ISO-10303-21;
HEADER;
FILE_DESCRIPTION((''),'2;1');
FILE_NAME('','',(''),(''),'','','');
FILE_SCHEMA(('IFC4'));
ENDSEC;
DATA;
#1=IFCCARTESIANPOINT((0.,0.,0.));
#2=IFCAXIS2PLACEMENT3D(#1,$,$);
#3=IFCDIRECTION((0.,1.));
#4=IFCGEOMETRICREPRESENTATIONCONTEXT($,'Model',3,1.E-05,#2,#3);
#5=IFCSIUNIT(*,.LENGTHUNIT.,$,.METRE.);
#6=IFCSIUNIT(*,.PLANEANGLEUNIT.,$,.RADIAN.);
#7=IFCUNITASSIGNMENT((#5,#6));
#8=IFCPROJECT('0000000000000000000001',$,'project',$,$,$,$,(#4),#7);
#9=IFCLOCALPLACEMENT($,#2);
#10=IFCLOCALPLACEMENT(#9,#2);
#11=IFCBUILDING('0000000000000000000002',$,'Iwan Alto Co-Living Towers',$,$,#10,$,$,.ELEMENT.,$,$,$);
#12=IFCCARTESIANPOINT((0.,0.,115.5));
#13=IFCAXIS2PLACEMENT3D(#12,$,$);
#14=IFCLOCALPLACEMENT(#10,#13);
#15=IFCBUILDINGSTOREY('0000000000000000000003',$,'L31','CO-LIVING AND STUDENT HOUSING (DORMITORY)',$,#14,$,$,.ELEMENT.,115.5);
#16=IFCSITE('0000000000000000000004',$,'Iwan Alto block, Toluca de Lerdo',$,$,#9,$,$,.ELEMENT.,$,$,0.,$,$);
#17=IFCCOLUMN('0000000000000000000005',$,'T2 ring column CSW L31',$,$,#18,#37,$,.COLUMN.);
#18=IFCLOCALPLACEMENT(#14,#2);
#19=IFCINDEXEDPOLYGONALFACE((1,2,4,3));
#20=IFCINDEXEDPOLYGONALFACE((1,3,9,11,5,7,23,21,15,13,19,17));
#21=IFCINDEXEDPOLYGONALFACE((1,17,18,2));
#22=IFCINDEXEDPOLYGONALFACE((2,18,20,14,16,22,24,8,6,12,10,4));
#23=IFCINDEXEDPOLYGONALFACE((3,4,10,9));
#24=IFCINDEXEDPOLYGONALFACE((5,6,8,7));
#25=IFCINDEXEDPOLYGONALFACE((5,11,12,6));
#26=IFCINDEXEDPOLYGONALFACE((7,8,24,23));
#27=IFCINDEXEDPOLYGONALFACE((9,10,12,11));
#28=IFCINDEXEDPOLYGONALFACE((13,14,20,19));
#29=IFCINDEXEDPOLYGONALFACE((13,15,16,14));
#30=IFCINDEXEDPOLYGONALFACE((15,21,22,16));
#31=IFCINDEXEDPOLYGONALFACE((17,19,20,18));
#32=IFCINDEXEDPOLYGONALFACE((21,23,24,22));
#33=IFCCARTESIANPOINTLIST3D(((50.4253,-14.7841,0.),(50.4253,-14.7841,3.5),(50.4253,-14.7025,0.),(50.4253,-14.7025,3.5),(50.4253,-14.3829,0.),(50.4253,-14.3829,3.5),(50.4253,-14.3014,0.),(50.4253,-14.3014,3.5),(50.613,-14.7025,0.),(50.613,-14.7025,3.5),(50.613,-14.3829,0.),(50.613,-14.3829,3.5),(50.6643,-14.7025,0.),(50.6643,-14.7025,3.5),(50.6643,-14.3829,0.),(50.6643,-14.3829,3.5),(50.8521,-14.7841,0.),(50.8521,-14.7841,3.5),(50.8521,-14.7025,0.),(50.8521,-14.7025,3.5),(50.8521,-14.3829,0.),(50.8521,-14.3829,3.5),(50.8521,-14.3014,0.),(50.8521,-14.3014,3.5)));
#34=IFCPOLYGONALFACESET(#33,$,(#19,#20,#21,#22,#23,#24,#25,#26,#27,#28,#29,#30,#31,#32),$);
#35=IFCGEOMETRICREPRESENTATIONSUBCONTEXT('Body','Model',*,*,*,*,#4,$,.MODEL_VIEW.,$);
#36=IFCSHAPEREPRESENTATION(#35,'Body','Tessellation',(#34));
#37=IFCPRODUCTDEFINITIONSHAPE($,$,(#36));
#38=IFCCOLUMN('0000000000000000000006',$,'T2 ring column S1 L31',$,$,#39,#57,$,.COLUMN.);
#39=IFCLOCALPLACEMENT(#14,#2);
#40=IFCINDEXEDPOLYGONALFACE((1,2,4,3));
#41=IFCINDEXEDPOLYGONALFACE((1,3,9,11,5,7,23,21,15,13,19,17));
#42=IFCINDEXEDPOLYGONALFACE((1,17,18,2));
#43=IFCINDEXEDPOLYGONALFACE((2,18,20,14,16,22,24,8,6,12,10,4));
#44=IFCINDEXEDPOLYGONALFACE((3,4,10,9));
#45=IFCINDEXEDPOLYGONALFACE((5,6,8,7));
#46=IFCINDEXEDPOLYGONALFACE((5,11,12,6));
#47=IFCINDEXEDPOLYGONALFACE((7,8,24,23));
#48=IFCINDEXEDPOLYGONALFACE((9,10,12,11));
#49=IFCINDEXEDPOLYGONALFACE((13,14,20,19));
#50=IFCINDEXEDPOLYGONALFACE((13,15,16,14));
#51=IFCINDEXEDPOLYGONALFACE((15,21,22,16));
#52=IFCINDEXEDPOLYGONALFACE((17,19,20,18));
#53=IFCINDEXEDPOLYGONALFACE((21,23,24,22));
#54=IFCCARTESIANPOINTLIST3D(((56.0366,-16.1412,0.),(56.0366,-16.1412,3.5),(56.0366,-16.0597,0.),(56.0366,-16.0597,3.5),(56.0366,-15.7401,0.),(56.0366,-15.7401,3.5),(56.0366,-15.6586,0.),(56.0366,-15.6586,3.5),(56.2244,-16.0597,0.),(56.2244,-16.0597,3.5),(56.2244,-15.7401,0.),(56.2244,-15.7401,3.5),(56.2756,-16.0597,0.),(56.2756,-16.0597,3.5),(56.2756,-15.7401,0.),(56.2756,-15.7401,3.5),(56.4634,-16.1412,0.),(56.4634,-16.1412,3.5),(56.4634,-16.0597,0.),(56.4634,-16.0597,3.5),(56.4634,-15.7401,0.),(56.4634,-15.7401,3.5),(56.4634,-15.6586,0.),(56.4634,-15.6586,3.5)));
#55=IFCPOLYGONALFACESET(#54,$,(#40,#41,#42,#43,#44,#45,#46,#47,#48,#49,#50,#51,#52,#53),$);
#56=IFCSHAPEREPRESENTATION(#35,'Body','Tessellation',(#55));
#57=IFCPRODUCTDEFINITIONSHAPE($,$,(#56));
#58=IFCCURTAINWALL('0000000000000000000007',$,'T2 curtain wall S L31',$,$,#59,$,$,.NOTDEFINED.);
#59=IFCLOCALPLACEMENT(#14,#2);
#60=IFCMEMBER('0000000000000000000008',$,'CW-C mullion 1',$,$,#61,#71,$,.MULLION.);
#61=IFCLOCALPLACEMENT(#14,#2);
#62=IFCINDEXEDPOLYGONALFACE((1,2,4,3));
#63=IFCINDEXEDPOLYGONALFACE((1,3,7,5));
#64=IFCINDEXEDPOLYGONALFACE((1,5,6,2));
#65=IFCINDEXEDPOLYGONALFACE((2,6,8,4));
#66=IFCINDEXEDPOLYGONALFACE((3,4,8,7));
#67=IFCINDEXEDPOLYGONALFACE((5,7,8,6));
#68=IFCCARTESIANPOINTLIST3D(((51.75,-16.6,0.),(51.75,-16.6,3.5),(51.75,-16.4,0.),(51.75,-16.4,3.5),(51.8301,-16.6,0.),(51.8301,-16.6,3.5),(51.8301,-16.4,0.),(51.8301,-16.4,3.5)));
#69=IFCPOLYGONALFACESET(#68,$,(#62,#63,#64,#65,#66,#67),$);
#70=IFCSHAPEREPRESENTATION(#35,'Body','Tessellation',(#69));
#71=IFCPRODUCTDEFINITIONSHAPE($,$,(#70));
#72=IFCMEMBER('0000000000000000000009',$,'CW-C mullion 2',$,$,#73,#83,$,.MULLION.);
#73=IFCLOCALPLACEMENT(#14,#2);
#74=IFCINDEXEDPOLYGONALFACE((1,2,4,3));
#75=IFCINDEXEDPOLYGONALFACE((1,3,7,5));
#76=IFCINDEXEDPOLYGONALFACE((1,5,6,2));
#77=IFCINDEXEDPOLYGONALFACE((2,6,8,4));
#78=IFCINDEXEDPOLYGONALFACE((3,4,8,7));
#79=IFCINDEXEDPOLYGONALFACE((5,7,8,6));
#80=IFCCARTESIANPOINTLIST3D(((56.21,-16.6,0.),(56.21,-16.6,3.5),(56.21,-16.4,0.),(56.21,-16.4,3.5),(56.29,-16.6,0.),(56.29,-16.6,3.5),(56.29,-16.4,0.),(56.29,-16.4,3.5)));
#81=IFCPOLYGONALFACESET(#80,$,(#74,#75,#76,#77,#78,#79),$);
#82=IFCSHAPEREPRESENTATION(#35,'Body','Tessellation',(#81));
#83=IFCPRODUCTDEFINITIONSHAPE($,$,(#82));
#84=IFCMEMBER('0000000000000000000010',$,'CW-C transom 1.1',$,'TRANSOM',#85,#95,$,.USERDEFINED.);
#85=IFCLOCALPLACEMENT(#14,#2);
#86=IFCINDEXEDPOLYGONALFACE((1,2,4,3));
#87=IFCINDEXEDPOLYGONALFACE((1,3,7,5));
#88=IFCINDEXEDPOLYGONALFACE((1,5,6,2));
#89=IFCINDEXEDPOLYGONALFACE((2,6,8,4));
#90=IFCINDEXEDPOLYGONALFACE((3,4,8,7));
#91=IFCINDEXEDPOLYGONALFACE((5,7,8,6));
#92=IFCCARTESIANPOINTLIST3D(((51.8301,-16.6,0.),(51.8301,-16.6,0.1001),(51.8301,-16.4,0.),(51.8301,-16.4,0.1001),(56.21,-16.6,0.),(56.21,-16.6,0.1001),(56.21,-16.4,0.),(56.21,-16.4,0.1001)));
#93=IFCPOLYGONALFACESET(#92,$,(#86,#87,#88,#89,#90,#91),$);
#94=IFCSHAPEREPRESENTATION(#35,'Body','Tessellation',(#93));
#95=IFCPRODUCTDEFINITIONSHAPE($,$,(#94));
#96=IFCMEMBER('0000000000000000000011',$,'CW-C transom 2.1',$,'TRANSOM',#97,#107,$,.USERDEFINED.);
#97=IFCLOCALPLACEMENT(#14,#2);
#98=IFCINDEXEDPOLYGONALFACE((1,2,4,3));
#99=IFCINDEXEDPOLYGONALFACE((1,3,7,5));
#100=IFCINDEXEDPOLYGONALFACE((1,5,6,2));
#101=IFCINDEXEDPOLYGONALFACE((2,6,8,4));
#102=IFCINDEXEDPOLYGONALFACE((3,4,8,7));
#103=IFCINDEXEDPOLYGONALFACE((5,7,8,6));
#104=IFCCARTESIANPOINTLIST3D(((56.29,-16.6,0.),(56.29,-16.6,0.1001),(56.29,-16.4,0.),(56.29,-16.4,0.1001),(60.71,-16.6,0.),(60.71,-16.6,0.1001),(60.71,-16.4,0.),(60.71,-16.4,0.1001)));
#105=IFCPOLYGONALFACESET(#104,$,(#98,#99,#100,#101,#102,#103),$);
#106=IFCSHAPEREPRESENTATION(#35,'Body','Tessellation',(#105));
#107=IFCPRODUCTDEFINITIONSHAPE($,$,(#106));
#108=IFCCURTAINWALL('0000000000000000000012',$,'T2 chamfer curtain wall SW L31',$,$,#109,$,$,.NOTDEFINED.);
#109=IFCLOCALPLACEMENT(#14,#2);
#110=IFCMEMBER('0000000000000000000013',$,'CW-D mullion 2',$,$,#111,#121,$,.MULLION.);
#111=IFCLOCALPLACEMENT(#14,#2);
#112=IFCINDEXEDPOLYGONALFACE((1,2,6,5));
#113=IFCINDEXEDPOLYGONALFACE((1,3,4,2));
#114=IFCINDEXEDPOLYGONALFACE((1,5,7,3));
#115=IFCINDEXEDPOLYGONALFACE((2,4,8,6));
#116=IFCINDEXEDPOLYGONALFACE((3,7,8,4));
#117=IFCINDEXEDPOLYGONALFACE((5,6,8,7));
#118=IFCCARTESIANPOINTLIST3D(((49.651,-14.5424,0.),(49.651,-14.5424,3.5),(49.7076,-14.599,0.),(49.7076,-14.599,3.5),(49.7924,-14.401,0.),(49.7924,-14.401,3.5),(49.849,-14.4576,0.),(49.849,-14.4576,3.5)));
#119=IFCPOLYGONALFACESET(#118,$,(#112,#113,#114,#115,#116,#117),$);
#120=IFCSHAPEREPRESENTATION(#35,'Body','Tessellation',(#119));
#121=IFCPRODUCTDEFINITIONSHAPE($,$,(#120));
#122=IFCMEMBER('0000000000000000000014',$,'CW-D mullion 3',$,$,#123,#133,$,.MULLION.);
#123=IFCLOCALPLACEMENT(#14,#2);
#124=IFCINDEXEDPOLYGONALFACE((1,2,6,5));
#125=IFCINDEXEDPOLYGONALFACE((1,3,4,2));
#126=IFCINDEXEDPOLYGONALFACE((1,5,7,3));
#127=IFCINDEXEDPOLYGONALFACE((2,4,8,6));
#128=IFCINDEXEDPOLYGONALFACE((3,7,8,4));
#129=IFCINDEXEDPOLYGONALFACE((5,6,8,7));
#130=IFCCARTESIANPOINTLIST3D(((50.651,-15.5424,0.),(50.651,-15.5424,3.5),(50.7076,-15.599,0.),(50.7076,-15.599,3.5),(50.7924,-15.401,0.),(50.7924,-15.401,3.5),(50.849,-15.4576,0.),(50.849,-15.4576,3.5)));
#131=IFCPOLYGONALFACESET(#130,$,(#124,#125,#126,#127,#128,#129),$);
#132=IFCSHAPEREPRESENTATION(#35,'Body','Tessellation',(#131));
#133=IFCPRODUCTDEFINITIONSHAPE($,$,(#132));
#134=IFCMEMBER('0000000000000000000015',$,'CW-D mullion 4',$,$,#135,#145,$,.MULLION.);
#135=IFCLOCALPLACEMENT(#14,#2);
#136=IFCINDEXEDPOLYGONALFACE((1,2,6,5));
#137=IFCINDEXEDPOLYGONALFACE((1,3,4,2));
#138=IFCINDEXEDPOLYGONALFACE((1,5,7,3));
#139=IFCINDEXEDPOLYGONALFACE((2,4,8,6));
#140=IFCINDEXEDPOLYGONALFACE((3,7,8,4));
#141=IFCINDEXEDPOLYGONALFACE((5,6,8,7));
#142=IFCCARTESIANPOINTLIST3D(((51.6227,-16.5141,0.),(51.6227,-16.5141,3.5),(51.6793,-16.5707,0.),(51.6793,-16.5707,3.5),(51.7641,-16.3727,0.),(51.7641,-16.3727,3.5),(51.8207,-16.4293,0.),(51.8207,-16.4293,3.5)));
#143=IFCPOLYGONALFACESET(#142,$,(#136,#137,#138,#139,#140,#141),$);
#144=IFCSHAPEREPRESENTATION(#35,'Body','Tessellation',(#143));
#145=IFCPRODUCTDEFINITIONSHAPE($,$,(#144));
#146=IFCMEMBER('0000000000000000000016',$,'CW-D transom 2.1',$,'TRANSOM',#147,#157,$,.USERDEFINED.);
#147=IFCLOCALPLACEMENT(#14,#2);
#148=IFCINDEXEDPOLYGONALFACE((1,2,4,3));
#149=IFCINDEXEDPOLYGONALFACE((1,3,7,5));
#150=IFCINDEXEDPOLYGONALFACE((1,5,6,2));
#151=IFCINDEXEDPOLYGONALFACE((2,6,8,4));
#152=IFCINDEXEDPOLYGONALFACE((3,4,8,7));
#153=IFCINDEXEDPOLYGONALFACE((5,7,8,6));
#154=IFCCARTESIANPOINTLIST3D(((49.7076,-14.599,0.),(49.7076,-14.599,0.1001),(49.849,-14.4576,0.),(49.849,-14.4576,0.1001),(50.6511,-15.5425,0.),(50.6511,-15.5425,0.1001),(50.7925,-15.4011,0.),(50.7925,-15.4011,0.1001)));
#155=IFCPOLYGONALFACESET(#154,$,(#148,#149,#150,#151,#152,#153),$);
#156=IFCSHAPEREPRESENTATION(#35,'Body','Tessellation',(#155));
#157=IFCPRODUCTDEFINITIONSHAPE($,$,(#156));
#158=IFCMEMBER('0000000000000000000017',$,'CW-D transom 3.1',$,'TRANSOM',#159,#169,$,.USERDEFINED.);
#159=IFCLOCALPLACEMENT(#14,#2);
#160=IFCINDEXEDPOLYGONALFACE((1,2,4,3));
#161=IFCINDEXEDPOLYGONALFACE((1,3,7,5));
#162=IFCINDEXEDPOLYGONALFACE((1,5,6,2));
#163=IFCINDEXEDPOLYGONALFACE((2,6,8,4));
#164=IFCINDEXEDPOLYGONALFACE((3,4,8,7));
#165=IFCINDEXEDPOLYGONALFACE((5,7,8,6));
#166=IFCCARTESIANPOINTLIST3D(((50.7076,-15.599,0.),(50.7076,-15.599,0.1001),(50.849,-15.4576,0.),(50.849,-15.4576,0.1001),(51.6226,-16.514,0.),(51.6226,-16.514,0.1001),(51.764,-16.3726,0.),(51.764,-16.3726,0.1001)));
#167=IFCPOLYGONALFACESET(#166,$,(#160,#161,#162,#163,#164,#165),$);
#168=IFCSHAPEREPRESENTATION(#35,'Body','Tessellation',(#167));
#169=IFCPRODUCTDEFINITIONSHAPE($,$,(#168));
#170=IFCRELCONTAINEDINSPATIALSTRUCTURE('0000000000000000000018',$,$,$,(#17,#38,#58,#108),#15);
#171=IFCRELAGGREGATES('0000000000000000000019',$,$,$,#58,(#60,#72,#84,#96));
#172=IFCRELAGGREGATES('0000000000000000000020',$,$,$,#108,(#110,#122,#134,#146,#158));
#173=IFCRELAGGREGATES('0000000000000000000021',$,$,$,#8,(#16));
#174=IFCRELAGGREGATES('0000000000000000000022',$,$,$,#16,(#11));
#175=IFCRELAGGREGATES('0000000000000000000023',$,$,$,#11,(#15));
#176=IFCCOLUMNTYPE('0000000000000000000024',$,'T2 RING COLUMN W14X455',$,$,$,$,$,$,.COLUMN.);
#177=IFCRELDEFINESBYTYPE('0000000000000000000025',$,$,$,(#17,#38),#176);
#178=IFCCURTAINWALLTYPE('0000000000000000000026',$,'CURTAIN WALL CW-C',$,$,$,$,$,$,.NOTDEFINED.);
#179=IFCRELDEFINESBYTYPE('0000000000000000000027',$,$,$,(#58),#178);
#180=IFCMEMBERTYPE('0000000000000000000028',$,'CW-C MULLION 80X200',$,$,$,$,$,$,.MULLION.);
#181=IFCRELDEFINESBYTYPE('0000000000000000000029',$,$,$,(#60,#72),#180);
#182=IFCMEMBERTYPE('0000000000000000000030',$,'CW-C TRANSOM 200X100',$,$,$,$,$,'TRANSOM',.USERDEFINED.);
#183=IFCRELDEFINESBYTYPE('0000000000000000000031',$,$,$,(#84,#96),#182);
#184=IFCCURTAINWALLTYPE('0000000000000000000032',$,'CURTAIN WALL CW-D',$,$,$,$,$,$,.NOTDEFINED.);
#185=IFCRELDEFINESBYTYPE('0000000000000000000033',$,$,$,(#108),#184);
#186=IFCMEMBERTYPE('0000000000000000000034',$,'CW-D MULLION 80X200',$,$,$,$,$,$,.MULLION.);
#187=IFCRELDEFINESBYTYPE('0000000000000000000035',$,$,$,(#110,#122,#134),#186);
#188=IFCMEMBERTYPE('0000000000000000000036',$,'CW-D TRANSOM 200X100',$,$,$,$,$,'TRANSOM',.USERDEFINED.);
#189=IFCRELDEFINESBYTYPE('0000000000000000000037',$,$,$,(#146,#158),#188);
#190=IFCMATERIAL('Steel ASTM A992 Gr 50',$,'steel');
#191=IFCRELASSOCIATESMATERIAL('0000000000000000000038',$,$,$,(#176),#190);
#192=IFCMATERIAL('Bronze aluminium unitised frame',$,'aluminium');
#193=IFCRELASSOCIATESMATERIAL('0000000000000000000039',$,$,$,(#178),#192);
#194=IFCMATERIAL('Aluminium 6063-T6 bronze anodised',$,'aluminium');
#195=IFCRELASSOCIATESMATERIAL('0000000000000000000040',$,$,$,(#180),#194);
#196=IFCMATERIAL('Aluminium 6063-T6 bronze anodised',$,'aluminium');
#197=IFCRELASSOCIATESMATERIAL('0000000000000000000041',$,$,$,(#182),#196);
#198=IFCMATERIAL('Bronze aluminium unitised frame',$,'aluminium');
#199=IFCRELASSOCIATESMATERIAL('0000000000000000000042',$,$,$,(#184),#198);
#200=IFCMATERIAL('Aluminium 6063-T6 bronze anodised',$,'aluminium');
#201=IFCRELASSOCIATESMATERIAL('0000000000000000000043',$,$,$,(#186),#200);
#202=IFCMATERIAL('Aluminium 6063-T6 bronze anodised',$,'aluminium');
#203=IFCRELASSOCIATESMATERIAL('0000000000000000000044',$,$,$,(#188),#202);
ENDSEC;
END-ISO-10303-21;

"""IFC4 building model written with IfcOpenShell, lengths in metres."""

from ifc_helpers import new_model, si_unit, direction, frame, origin, origin_2d, place, context, subcontext, project, spatial, rectangle, i_section, extrude, material, material_profile, profile_set, type_object, element, aggregate, save


model = new_model("IFC4")

# Units and contexts
model_context = context("Model", 3, precision=1e-05, world=origin(), true_north=direction((0.0, 1.0)))
body_context = subcontext(model_context, "Body", "Model", "MODEL_VIEW")
ifc_project = project(units=[si_unit("LENGTHUNIT", "METRE"), si_unit("PLANEANGLEUNIT", "RADIAN")], contexts=[model_context])

# Site, building, storey
site_placement = place(None, origin())
site = spatial("IfcSite", under=ifc_project, at=site_placement, Name="Iwan Alto block, Toluca de Lerdo", CompositionType="ELEMENT", RefElevation=0.0)
building_placement = place(site_placement, origin())
building = spatial("IfcBuilding", under=site, at=building_placement, Name="Iwan Alto Co-Living Towers", CompositionType="ELEMENT")
storey_placement = place(building_placement, frame((0.0, 0.0, 115.5)))
storey = spatial("IfcBuildingStorey", under=building, at=storey_placement, Name="L31", Description="CO-LIVING AND STUDENT HOUSING (DORMITORY)", CompositionType="ELEMENT", Elevation=115.5)

# Columns
ifc_material_1 = material(Name="Steel ASTM A992 Gr 50", Category="steel")
ifc_material_profile_1 = material_profile(ifc_material_1, i_section(OverallWidth=0.4268, OverallDepth=0.4827, WebThickness=0.0513, FlangeThickness=0.0815, at=origin_2d()), Name="W14X455")
ifc_profile_set_1 = profile_set([ifc_material_profile_1], Name="Steel ASTM A992 Gr 50")
column_type = type_object("IfcColumnType", Name="T2 RING COLUMN W14X455", PredefinedType="COLUMN", material=ifc_profile_set_1)
for number, where, z_axis, x_axis, name in (
    (1, (50.6387, -14.5427, 0.0), (0.0, 0.0, 1.0), (1.0, 0.0, 0.0), "T2 ring column CSW L31"),
    (2, (56.25, -15.8999, 0.0), (0.0, 0.0, 1.0), (1.0, 0.0, 0.0), "T2 ring column S1 L31"),
):
    element("IfcColumn", number, at=place(storey_placement, frame(where, z_axis=z_axis, x_axis=x_axis)), inside=storey, type_object=column_type, Name=name, PredefinedType="COLUMN", context=body_context, shape_type="SweptSolid", body=[
        extrude(i_section(OverallWidth=0.4268, OverallDepth=0.4827, WebThickness=0.0513, FlangeThickness=0.0815, at=origin_2d()), origin(), (0.0, 0.0, 1.0), 3.5),
    ])

# Curtain walls, members
ifc_material_2 = material(Name="Bronze aluminium unitised frame", Category="aluminium")
curtain_wall_type_1 = type_object("IfcCurtainWallType", Name="CURTAIN WALL CW-C", PredefinedType="NOTDEFINED", material=ifc_material_2)
curtain_wall_1_placement = place(storey_placement, origin())
curtain_wall_1 = element("IfcCurtainWall", 3, at=curtain_wall_1_placement, inside=storey, type_object=curtain_wall_type_1, Name="T2 curtain wall S L31", PredefinedType="NOTDEFINED")
ifc_material_3 = material(Name="Aluminium 6063-T6 bronze anodised", Category="aluminium")
ifc_material_profile_2 = material_profile(ifc_material_3, rectangle(XDim=0.2, YDim=0.0801, at=origin_2d()), Name="AL 80X200")
ifc_profile_set_2 = profile_set([ifc_material_profile_2], Name="Aluminium 6063-T6 bronze anodised")
member_type_1 = type_object("IfcMemberType", Name="CW-C MULLION 80X200", PredefinedType="MULLION", material=ifc_profile_set_2)
member_1_placement = place(storey_placement, frame((51.79, -16.5, 0.0), z_axis=(0.0, 0.0, 1.0), x_axis=(0.0, 1.0, 0.0)))
member_1 = element("IfcMember", 4, at=member_1_placement, type_object=member_type_1, Name="CW-C mullion 1", PredefinedType="MULLION", context=body_context, shape_type="SweptSolid", body=[
    extrude(rectangle(XDim=0.2, YDim=0.0801, at=origin_2d()), origin(), (0.0, 0.0, 1.0), 3.5),
])
member_2_placement = place(storey_placement, frame((56.25, -16.5, 0.0), z_axis=(0.0, 0.0, 1.0), x_axis=(0.0, 1.0, 0.0)))
member_2 = element("IfcMember", 5, at=member_2_placement, type_object=member_type_1, Name="CW-C mullion 2", PredefinedType="MULLION", context=body_context, shape_type="SweptSolid", body=[
    extrude(rectangle(XDim=0.2, YDim=0.0801, at=origin_2d()), origin(), (0.0, 0.0, 1.0), 3.5),
])
ifc_material_4 = material(Name="Aluminium 6063-T6 bronze anodised", Category="aluminium")
ifc_material_profile_3 = material_profile(ifc_material_4, rectangle(XDim=0.2, YDim=0.1001, at=origin_2d()), Name="AL 200X100")
ifc_profile_set_3 = profile_set([ifc_material_profile_3], Name="Aluminium 6063-T6 bronze anodised")
member_type_2 = type_object("IfcMemberType", Name="CW-C TRANSOM 200X100", ElementType="TRANSOM", PredefinedType="USERDEFINED", material=ifc_profile_set_3)
member_3_placement = place(storey_placement, frame((51.8301, -16.5, 0.05), z_axis=(1.0, 0.0, 0.0), x_axis=(0.0, 1.0, 0.0)))
member_3 = element("IfcMember", 6, at=member_3_placement, type_object=member_type_2, Name="CW-C transom 1.1", ObjectType="TRANSOM", PredefinedType="USERDEFINED", context=body_context, shape_type="SweptSolid", body=[
    extrude(rectangle(XDim=0.2, YDim=0.1001, at=origin_2d()), origin(), (0.0, 0.0, 1.0), 4.3799),
])
member_4_placement = place(storey_placement, frame((56.29, -16.5, 0.05), z_axis=(1.0, 0.0, 0.0), x_axis=(0.0, 1.0, 0.0)))
member_4 = element("IfcMember", 7, at=member_4_placement, type_object=member_type_2, Name="CW-C transom 2.1", ObjectType="TRANSOM", PredefinedType="USERDEFINED", context=body_context, shape_type="SweptSolid", body=[
    extrude(rectangle(XDim=0.2, YDim=0.1001, at=origin_2d()), origin(), (0.0, 0.0, 1.0), 4.4199),
])
ifc_material_5 = material(Name="Bronze aluminium unitised frame", Category="aluminium")
curtain_wall_type_2 = type_object("IfcCurtainWallType", Name="CURTAIN WALL CW-D", PredefinedType="NOTDEFINED", material=ifc_material_5)
curtain_wall_2_placement = place(storey_placement, origin())
curtain_wall_2 = element("IfcCurtainWall", 8, at=curtain_wall_2_placement, inside=storey, type_object=curtain_wall_type_2, Name="T2 chamfer curtain wall SW L31", PredefinedType="NOTDEFINED")
ifc_material_6 = material(Name="Aluminium 6063-T6 bronze anodised", Category="aluminium")
ifc_material_profile_4 = material_profile(ifc_material_6, rectangle(XDim=0.2, YDim=0.0801, at=origin_2d()), Name="AL 80X200")
ifc_profile_set_4 = profile_set([ifc_material_profile_4], Name="Aluminium 6063-T6 bronze anodised")
member_type_3 = type_object("IfcMemberType", Name="CW-D MULLION 80X200", PredefinedType="MULLION", material=ifc_profile_set_4)
member_5_placement = place(storey_placement, frame((49.75, -14.5, 0.0), z_axis=(0.0, 0.0, 1.0), x_axis=(0.707107, 0.707107, 0.0)))
member_5 = element("IfcMember", 9, at=member_5_placement, type_object=member_type_3, Name="CW-D mullion 2", PredefinedType="MULLION", context=body_context, shape_type="SweptSolid", body=[
    extrude(rectangle(XDim=0.2, YDim=0.0801, at=origin_2d()), origin(), (0.0, 0.0, 1.0), 3.5),
])
member_6_placement = place(storey_placement, frame((50.75, -15.5, 0.0), z_axis=(0.0, 0.0, 1.0), x_axis=(0.707107, 0.707107, 0.0)))
member_6 = element("IfcMember", 10, at=member_6_placement, type_object=member_type_3, Name="CW-D mullion 3", PredefinedType="MULLION", context=body_context, shape_type="SweptSolid", body=[
    extrude(rectangle(XDim=0.2, YDim=0.0801, at=origin_2d()), origin(), (0.0, 0.0, 1.0), 3.5),
])
member_7_placement = place(storey_placement, frame((51.7217, -16.4717, 0.0), z_axis=(0.0, 0.0, 1.0), x_axis=(0.707107, 0.707107, 0.0)))
member_7 = element("IfcMember", 11, at=member_7_placement, type_object=member_type_3, Name="CW-D mullion 4", PredefinedType="MULLION", context=body_context, shape_type="SweptSolid", body=[
    extrude(rectangle(XDim=0.2, YDim=0.0801, at=origin_2d()), origin(), (0.0, 0.0, 1.0), 3.5),
])
ifc_material_7 = material(Name="Aluminium 6063-T6 bronze anodised", Category="aluminium")
ifc_material_profile_5 = material_profile(ifc_material_7, rectangle(XDim=0.2, YDim=0.1001, at=origin_2d()), Name="AL 200X100")
ifc_profile_set_5 = profile_set([ifc_material_profile_5], Name="Aluminium 6063-T6 bronze anodised")
member_type_4 = type_object("IfcMemberType", Name="CW-D TRANSOM 200X100", ElementType="TRANSOM", PredefinedType="USERDEFINED", material=ifc_profile_set_5)
member_8_placement = place(storey_placement, frame((49.7783, -14.5283, 0.05), z_axis=(0.707107, -0.707107, 0.0), x_axis=(0.707107, 0.707107, 0.0)))
member_8 = element("IfcMember", 12, at=member_8_placement, type_object=member_type_4, Name="CW-D transom 2.1", ObjectType="TRANSOM", PredefinedType="USERDEFINED", context=body_context, shape_type="SweptSolid", body=[
    extrude(rectangle(XDim=0.2, YDim=0.1001, at=origin_2d()), origin(), (0.0, 0.0, 1.0), 1.3342),
])
member_9_placement = place(storey_placement, frame((50.7783, -15.5283, 0.05), z_axis=(0.707107, -0.707107, 0.0), x_axis=(0.707107, 0.707107, 0.0)))
member_9 = element("IfcMember", 13, at=member_9_placement, type_object=member_type_4, Name="CW-D transom 3.1", ObjectType="TRANSOM", PredefinedType="USERDEFINED", context=body_context, shape_type="SweptSolid", body=[
    extrude(rectangle(XDim=0.2, YDim=0.1001, at=origin_2d()), origin(), (0.0, 0.0, 1.0), 1.2939),
])

aggregate(curtain_wall_1, [member_1, member_2, member_3, member_4])
aggregate(curtain_wall_2, [member_5, member_6, member_7, member_8, member_9])

save(model, "model.ifc")
